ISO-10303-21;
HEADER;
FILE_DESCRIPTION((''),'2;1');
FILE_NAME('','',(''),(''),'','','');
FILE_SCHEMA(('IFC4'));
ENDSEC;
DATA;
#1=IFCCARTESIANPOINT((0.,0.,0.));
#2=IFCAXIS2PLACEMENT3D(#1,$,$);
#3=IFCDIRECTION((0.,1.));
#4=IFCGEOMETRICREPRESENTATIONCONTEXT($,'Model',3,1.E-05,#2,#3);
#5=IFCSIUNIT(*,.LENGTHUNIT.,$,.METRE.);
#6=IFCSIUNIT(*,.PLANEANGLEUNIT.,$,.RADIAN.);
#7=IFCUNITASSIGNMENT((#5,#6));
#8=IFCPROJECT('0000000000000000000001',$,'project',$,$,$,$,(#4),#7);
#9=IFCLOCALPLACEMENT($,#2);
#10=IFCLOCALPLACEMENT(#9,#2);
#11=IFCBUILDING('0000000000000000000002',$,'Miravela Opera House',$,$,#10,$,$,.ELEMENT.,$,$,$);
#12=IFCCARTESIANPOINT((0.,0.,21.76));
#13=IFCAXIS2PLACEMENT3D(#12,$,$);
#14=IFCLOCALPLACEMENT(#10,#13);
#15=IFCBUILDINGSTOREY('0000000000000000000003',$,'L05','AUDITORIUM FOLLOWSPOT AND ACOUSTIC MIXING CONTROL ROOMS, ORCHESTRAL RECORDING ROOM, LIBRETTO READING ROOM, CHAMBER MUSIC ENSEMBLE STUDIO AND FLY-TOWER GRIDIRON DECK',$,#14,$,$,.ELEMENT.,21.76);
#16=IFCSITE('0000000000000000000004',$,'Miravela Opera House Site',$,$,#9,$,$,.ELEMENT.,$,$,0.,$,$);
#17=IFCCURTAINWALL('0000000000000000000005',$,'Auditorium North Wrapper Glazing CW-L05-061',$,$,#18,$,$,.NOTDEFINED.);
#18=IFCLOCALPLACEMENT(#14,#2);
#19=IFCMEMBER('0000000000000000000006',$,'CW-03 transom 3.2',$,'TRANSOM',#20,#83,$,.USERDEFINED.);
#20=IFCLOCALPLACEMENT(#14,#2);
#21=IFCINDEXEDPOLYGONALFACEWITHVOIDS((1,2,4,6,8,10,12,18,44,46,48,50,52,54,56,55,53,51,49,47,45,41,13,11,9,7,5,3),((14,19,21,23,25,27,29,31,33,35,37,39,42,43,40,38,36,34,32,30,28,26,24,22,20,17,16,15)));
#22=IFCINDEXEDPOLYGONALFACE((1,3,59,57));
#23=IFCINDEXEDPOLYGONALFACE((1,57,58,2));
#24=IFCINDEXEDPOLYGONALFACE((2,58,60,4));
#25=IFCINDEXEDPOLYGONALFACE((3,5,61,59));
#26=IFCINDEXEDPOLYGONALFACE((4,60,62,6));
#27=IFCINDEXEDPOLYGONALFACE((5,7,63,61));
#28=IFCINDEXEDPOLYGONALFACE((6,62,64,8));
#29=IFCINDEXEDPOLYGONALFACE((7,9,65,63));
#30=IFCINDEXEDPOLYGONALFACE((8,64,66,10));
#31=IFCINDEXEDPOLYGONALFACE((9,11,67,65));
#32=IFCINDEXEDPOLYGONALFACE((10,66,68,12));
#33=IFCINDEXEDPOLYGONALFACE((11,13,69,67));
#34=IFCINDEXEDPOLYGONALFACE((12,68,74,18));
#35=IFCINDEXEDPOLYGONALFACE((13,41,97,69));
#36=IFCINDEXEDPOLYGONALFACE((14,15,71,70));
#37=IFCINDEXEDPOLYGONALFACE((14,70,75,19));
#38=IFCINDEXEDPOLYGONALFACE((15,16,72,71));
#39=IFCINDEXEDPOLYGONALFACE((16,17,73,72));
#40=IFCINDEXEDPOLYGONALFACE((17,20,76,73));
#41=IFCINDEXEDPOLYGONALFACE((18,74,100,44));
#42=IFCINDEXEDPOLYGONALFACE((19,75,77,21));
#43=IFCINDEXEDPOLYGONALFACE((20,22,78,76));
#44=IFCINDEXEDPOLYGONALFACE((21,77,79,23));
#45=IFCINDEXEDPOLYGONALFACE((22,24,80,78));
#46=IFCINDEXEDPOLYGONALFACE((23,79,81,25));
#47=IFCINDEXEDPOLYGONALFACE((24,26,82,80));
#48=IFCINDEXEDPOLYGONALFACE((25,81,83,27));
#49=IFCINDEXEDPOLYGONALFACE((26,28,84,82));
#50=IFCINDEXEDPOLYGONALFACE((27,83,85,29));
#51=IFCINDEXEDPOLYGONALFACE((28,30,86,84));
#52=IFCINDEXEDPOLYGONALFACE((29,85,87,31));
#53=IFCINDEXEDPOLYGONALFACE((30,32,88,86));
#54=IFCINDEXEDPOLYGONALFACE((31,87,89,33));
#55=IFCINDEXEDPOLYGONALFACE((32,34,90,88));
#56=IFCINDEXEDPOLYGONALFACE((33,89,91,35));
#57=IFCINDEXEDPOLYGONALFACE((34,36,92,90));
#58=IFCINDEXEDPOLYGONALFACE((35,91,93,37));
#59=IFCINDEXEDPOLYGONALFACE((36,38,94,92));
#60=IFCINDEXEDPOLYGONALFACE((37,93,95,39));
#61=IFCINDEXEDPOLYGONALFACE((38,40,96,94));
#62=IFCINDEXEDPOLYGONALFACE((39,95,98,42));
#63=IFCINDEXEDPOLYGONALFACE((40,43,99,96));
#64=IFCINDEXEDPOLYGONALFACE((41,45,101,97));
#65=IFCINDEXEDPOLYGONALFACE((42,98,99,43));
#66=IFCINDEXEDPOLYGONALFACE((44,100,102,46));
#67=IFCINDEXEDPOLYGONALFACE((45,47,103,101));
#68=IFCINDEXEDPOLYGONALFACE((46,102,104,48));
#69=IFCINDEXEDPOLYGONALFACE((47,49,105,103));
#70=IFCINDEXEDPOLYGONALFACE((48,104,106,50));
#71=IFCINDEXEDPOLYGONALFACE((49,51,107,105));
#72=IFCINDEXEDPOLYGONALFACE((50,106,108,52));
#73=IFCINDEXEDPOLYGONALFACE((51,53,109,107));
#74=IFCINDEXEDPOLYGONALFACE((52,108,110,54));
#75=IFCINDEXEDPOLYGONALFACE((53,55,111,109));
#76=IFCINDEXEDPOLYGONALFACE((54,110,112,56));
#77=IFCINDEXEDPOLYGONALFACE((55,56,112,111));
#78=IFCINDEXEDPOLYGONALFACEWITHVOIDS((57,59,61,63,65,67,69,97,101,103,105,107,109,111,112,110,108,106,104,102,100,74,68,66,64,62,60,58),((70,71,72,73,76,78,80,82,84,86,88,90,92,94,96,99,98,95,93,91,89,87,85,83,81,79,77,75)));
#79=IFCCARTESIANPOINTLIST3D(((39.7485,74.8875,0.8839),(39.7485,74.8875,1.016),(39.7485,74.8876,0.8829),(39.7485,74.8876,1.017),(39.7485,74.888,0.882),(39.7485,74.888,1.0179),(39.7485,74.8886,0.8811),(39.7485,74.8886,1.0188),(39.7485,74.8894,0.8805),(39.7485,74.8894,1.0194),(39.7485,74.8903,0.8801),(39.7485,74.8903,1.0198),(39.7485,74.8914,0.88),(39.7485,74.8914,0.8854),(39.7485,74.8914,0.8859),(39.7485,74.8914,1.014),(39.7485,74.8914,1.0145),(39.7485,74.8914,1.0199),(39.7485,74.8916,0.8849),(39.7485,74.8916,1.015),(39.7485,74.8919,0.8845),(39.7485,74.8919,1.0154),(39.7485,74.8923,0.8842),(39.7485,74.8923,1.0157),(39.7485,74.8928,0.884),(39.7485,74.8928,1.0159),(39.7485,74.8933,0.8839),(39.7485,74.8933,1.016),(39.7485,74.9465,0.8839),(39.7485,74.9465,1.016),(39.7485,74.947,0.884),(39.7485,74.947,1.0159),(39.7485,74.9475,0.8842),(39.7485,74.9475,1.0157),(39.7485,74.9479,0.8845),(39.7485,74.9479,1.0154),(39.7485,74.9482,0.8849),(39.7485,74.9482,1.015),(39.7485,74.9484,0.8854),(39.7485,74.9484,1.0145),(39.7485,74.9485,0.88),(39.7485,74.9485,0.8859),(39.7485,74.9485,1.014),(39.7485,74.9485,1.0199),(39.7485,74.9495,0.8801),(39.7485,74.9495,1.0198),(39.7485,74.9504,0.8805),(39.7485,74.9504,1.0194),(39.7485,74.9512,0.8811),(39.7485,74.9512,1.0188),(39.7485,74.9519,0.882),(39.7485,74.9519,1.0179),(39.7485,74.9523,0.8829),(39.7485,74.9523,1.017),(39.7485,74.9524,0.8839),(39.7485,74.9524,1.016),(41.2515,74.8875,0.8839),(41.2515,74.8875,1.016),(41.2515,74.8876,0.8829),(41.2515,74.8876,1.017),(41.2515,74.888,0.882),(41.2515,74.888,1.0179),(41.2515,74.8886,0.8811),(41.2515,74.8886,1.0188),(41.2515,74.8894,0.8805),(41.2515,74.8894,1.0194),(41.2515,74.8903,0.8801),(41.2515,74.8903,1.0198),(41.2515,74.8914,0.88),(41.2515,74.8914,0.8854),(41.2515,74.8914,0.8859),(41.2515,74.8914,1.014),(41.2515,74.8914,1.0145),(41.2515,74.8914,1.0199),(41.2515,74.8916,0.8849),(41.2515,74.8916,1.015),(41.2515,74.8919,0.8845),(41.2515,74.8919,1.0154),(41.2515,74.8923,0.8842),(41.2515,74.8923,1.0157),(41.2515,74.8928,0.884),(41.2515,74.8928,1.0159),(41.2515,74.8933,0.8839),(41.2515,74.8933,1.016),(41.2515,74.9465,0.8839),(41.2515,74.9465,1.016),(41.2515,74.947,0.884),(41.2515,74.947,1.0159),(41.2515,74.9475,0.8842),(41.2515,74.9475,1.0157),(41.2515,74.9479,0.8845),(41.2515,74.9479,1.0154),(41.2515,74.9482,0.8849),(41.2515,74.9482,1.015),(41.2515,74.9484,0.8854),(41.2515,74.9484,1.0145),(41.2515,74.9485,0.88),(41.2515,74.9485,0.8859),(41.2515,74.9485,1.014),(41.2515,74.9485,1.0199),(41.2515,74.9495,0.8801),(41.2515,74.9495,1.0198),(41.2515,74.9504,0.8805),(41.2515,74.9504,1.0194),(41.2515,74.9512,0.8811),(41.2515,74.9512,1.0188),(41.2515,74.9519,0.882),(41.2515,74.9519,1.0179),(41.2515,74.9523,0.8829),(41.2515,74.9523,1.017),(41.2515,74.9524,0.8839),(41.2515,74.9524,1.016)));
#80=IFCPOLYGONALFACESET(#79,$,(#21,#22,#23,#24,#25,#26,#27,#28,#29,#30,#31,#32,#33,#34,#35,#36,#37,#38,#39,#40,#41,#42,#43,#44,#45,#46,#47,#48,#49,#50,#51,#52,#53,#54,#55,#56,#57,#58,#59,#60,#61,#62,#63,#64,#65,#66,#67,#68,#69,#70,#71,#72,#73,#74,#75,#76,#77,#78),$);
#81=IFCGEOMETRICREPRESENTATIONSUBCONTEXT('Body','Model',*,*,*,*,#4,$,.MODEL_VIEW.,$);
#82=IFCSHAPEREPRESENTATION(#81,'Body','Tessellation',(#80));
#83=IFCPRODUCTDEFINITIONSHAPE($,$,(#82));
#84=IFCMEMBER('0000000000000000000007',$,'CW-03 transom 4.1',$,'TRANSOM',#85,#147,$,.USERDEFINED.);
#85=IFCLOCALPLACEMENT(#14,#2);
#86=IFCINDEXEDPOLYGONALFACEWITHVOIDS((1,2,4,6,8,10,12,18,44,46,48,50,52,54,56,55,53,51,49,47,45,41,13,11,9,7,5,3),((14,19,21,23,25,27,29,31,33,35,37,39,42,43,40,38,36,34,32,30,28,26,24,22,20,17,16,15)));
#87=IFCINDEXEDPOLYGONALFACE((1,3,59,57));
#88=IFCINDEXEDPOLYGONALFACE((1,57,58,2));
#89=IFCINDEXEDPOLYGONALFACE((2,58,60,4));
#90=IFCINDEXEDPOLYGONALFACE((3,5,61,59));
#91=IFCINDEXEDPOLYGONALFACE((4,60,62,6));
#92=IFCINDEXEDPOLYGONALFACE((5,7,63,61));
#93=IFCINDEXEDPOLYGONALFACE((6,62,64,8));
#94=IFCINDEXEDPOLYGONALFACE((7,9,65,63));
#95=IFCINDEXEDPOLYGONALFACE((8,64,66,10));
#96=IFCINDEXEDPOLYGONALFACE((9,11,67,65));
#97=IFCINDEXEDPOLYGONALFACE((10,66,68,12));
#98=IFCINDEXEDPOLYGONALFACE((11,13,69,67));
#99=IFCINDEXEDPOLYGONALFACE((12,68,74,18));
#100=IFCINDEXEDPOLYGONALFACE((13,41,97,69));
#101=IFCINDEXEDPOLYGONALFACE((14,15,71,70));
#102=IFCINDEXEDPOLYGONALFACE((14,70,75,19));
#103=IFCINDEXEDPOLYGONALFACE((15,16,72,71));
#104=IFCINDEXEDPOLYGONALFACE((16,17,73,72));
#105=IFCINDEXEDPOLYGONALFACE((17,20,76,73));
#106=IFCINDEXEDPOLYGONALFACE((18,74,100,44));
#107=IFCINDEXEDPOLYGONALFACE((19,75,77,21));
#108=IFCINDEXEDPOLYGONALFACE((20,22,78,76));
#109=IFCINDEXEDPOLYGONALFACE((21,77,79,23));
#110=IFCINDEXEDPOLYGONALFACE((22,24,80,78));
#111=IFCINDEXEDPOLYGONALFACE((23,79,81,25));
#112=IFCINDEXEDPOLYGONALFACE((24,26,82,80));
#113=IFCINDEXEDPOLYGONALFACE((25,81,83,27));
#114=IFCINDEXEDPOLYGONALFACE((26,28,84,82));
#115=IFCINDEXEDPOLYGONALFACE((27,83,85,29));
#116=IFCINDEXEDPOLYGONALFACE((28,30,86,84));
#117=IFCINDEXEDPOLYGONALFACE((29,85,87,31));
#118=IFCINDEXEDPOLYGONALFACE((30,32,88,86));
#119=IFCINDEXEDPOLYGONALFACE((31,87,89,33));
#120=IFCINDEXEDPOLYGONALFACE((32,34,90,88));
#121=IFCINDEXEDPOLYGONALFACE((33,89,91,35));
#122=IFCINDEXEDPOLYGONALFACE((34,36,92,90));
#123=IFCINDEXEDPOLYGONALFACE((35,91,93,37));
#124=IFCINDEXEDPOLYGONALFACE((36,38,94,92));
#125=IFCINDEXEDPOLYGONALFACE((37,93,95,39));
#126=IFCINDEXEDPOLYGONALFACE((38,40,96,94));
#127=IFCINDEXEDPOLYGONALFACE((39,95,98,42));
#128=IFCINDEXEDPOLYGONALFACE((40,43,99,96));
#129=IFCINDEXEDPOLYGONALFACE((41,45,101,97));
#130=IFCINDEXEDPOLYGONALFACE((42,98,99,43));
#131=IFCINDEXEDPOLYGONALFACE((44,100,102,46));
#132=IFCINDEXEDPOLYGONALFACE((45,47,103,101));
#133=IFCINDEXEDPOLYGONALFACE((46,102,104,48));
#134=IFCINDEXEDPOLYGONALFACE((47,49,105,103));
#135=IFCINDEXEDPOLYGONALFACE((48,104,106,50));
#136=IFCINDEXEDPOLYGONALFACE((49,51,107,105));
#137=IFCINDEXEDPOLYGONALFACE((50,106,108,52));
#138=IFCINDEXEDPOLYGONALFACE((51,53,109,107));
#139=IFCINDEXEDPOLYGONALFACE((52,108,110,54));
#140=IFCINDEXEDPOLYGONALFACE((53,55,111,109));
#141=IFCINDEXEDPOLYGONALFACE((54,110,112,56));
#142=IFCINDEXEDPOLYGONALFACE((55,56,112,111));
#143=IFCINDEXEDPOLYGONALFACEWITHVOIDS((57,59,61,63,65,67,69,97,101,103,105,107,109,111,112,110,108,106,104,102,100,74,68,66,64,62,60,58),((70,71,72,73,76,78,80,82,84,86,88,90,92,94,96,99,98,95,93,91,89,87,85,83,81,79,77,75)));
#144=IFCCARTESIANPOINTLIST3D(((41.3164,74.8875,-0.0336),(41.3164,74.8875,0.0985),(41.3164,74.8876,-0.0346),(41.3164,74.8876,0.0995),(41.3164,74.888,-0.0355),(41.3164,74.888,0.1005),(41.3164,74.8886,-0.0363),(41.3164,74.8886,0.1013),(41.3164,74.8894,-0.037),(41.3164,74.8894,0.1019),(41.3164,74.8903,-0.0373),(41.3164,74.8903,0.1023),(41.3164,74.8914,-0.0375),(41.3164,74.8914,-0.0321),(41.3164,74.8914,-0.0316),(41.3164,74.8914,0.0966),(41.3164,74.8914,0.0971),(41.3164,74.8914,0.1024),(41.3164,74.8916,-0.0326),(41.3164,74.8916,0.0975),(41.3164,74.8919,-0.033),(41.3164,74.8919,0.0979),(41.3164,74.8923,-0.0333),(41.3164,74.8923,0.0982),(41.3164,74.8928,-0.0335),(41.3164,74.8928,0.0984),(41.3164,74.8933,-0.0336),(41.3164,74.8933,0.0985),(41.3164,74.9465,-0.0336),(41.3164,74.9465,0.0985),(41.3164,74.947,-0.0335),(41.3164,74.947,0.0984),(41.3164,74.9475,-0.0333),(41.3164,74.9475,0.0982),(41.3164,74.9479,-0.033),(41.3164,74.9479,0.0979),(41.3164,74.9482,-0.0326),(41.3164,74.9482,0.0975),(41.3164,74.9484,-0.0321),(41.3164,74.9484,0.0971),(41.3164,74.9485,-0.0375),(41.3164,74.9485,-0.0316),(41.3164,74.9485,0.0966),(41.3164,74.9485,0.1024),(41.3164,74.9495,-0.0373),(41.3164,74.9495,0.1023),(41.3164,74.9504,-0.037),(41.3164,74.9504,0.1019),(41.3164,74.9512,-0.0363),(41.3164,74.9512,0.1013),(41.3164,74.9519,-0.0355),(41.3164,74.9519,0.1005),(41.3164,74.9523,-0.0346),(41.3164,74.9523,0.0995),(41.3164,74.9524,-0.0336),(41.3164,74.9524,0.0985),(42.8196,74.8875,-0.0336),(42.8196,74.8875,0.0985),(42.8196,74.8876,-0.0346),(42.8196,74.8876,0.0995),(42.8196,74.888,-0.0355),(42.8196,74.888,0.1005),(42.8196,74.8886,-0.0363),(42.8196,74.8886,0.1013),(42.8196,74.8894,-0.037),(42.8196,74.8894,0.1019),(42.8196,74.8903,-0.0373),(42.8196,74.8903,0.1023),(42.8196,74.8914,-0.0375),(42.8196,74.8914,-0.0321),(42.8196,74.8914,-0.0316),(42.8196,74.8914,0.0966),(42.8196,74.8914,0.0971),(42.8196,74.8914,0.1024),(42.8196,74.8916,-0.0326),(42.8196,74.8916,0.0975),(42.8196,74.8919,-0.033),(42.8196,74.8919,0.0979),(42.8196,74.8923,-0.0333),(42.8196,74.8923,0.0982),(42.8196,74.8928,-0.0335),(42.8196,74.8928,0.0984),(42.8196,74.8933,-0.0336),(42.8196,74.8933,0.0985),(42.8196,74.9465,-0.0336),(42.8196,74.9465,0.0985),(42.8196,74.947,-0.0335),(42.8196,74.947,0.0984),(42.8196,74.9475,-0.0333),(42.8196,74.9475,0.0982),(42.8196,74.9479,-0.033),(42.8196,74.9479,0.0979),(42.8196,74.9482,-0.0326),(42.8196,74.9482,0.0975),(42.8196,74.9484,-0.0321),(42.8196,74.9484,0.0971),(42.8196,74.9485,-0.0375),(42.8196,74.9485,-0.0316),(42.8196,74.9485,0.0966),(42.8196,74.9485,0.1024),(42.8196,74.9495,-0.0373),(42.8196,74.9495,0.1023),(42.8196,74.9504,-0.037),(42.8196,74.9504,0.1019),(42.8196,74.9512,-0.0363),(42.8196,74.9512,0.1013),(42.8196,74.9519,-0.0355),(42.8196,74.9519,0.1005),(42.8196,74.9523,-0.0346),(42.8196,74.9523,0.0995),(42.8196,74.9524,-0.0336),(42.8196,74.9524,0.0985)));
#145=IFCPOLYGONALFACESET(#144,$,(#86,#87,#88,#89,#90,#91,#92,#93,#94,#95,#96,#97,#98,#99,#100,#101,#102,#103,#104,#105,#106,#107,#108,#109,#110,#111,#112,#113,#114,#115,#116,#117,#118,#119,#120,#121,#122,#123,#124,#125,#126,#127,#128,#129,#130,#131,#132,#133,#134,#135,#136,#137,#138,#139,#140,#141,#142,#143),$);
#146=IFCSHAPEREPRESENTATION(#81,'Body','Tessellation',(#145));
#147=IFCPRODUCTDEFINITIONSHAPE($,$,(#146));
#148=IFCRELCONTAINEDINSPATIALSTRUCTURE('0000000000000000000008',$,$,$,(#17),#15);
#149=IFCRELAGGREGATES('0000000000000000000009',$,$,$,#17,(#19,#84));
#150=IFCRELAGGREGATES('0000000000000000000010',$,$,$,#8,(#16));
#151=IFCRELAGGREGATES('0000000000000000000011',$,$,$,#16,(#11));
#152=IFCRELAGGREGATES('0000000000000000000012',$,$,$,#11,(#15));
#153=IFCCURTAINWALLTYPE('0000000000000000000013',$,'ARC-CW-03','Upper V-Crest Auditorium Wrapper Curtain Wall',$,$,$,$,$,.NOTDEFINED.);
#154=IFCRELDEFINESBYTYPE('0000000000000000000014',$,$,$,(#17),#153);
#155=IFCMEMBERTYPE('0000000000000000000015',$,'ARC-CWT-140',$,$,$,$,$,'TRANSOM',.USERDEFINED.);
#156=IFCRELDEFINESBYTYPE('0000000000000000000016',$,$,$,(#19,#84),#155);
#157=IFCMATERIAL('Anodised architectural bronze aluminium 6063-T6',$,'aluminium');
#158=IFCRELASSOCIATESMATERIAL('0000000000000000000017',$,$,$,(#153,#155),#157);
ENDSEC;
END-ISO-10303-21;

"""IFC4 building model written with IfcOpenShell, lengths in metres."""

from ifc_helpers import new_model, si_unit, direction, frame, origin, origin_2d, place, context, subcontext, project, spatial, hollow_rectangle, extrude, material, material_profile, profile_set, type_object, element, aggregate, save


model = new_model("IFC4")

# Units and contexts
model_context = context("Model", 3, precision=1e-05, world=origin(), true_north=direction((0.0, 1.0)))
body_context = subcontext(model_context, "Body", "Model", "MODEL_VIEW")
ifc_project = project(units=[si_unit("LENGTHUNIT", "METRE"), si_unit("PLANEANGLEUNIT", "RADIAN")], contexts=[model_context])

# Site, building, storey
site_placement = place(None, origin())
site = spatial("IfcSite", under=ifc_project, at=site_placement, Name="Miravela Opera House Site", CompositionType="ELEMENT", RefElevation=0.0)
building_placement = place(site_placement, origin())
building = spatial("IfcBuilding", under=site, at=building_placement, Name="Miravela Opera House", CompositionType="ELEMENT")
storey_placement = place(building_placement, frame((0.0, 0.0, 21.76)))
storey = spatial("IfcBuildingStorey", under=building, at=storey_placement, Name="L05", Description="AUDITORIUM FOLLOWSPOT AND ACOUSTIC MIXING CONTROL ROOMS, ORCHESTRAL RECORDING ROOM, LIBRETTO READING ROOM, CHAMBER MUSIC ENSEMBLE STUDIO AND FLY-TOWER GRIDIRON DECK", CompositionType="ELEMENT", Elevation=21.76)

# Curtain wall, members
ifc_material_1 = material(Name="Anodised architectural bronze aluminium 6063-T6", Category="aluminium")
curtain_wall_type = type_object("IfcCurtainWallType", Name="ARC-CW-03", Description="Upper V-Crest Auditorium Wrapper Curtain Wall", PredefinedType="NOTDEFINED", material=ifc_material_1)
curtain_wall_placement = place(storey_placement, origin())
curtain_wall = element("IfcCurtainWall", 1, at=curtain_wall_placement, inside=storey, type_object=curtain_wall_type, Name="Auditorium North Wrapper Glazing CW-L05-061", PredefinedType="NOTDEFINED")
ifc_material_profile_1 = material_profile(ifc_material_1, hollow_rectangle(XDim=0.0649, YDim=0.1399, WallThickness=0.0039, InnerFilletRadius=0.002, OuterFilletRadius=0.0039, at=origin_2d()), Name="CWT-65X140")
ifc_profile_set_1 = profile_set([ifc_material_profile_1])
member_type_1 = type_object("IfcMemberType", Name="ARC-CWT-140", ElementType="TRANSOM", PredefinedType="USERDEFINED", material=ifc_profile_set_1)
member_1_placement = place(storey_placement, frame((39.7485, 74.9199, 0.95), z_axis=(1.0, 0.0, 0.0), x_axis=(0.0, 1.0, 0.0)))
member_1 = element("IfcMember", 2, at=member_1_placement, type_object=member_type_1, Name="CW-03 transom 3.2", ObjectType="TRANSOM", PredefinedType="USERDEFINED", context=body_context, shape_type="SweptSolid", body=[
    extrude(hollow_rectangle(XDim=0.0649, YDim=0.1399, WallThickness=0.0039, InnerFilletRadius=0.002, OuterFilletRadius=0.0039, at=origin_2d()), origin(), (0.0, 0.0, 1.0), 1.5029),
])
member_2_placement = place(storey_placement, frame((41.3164, 74.9199, 0.0325), z_axis=(1.0, 0.0, 0.0), x_axis=(0.0, 1.0, 0.0)))
member_2 = element("IfcMember", 3, at=member_2_placement, type_object=member_type_1, Name="CW-03 transom 4.1", ObjectType="TRANSOM", PredefinedType="USERDEFINED", context=body_context, shape_type="SweptSolid", body=[
    extrude(hollow_rectangle(XDim=0.0649, YDim=0.1399, WallThickness=0.0039, InnerFilletRadius=0.002, OuterFilletRadius=0.0039, at=origin_2d()), origin(), (0.0, 0.0, 1.0), 1.5032),
])

aggregate(curtain_wall, [member_1, member_2])

save(model, "model.ifc")
